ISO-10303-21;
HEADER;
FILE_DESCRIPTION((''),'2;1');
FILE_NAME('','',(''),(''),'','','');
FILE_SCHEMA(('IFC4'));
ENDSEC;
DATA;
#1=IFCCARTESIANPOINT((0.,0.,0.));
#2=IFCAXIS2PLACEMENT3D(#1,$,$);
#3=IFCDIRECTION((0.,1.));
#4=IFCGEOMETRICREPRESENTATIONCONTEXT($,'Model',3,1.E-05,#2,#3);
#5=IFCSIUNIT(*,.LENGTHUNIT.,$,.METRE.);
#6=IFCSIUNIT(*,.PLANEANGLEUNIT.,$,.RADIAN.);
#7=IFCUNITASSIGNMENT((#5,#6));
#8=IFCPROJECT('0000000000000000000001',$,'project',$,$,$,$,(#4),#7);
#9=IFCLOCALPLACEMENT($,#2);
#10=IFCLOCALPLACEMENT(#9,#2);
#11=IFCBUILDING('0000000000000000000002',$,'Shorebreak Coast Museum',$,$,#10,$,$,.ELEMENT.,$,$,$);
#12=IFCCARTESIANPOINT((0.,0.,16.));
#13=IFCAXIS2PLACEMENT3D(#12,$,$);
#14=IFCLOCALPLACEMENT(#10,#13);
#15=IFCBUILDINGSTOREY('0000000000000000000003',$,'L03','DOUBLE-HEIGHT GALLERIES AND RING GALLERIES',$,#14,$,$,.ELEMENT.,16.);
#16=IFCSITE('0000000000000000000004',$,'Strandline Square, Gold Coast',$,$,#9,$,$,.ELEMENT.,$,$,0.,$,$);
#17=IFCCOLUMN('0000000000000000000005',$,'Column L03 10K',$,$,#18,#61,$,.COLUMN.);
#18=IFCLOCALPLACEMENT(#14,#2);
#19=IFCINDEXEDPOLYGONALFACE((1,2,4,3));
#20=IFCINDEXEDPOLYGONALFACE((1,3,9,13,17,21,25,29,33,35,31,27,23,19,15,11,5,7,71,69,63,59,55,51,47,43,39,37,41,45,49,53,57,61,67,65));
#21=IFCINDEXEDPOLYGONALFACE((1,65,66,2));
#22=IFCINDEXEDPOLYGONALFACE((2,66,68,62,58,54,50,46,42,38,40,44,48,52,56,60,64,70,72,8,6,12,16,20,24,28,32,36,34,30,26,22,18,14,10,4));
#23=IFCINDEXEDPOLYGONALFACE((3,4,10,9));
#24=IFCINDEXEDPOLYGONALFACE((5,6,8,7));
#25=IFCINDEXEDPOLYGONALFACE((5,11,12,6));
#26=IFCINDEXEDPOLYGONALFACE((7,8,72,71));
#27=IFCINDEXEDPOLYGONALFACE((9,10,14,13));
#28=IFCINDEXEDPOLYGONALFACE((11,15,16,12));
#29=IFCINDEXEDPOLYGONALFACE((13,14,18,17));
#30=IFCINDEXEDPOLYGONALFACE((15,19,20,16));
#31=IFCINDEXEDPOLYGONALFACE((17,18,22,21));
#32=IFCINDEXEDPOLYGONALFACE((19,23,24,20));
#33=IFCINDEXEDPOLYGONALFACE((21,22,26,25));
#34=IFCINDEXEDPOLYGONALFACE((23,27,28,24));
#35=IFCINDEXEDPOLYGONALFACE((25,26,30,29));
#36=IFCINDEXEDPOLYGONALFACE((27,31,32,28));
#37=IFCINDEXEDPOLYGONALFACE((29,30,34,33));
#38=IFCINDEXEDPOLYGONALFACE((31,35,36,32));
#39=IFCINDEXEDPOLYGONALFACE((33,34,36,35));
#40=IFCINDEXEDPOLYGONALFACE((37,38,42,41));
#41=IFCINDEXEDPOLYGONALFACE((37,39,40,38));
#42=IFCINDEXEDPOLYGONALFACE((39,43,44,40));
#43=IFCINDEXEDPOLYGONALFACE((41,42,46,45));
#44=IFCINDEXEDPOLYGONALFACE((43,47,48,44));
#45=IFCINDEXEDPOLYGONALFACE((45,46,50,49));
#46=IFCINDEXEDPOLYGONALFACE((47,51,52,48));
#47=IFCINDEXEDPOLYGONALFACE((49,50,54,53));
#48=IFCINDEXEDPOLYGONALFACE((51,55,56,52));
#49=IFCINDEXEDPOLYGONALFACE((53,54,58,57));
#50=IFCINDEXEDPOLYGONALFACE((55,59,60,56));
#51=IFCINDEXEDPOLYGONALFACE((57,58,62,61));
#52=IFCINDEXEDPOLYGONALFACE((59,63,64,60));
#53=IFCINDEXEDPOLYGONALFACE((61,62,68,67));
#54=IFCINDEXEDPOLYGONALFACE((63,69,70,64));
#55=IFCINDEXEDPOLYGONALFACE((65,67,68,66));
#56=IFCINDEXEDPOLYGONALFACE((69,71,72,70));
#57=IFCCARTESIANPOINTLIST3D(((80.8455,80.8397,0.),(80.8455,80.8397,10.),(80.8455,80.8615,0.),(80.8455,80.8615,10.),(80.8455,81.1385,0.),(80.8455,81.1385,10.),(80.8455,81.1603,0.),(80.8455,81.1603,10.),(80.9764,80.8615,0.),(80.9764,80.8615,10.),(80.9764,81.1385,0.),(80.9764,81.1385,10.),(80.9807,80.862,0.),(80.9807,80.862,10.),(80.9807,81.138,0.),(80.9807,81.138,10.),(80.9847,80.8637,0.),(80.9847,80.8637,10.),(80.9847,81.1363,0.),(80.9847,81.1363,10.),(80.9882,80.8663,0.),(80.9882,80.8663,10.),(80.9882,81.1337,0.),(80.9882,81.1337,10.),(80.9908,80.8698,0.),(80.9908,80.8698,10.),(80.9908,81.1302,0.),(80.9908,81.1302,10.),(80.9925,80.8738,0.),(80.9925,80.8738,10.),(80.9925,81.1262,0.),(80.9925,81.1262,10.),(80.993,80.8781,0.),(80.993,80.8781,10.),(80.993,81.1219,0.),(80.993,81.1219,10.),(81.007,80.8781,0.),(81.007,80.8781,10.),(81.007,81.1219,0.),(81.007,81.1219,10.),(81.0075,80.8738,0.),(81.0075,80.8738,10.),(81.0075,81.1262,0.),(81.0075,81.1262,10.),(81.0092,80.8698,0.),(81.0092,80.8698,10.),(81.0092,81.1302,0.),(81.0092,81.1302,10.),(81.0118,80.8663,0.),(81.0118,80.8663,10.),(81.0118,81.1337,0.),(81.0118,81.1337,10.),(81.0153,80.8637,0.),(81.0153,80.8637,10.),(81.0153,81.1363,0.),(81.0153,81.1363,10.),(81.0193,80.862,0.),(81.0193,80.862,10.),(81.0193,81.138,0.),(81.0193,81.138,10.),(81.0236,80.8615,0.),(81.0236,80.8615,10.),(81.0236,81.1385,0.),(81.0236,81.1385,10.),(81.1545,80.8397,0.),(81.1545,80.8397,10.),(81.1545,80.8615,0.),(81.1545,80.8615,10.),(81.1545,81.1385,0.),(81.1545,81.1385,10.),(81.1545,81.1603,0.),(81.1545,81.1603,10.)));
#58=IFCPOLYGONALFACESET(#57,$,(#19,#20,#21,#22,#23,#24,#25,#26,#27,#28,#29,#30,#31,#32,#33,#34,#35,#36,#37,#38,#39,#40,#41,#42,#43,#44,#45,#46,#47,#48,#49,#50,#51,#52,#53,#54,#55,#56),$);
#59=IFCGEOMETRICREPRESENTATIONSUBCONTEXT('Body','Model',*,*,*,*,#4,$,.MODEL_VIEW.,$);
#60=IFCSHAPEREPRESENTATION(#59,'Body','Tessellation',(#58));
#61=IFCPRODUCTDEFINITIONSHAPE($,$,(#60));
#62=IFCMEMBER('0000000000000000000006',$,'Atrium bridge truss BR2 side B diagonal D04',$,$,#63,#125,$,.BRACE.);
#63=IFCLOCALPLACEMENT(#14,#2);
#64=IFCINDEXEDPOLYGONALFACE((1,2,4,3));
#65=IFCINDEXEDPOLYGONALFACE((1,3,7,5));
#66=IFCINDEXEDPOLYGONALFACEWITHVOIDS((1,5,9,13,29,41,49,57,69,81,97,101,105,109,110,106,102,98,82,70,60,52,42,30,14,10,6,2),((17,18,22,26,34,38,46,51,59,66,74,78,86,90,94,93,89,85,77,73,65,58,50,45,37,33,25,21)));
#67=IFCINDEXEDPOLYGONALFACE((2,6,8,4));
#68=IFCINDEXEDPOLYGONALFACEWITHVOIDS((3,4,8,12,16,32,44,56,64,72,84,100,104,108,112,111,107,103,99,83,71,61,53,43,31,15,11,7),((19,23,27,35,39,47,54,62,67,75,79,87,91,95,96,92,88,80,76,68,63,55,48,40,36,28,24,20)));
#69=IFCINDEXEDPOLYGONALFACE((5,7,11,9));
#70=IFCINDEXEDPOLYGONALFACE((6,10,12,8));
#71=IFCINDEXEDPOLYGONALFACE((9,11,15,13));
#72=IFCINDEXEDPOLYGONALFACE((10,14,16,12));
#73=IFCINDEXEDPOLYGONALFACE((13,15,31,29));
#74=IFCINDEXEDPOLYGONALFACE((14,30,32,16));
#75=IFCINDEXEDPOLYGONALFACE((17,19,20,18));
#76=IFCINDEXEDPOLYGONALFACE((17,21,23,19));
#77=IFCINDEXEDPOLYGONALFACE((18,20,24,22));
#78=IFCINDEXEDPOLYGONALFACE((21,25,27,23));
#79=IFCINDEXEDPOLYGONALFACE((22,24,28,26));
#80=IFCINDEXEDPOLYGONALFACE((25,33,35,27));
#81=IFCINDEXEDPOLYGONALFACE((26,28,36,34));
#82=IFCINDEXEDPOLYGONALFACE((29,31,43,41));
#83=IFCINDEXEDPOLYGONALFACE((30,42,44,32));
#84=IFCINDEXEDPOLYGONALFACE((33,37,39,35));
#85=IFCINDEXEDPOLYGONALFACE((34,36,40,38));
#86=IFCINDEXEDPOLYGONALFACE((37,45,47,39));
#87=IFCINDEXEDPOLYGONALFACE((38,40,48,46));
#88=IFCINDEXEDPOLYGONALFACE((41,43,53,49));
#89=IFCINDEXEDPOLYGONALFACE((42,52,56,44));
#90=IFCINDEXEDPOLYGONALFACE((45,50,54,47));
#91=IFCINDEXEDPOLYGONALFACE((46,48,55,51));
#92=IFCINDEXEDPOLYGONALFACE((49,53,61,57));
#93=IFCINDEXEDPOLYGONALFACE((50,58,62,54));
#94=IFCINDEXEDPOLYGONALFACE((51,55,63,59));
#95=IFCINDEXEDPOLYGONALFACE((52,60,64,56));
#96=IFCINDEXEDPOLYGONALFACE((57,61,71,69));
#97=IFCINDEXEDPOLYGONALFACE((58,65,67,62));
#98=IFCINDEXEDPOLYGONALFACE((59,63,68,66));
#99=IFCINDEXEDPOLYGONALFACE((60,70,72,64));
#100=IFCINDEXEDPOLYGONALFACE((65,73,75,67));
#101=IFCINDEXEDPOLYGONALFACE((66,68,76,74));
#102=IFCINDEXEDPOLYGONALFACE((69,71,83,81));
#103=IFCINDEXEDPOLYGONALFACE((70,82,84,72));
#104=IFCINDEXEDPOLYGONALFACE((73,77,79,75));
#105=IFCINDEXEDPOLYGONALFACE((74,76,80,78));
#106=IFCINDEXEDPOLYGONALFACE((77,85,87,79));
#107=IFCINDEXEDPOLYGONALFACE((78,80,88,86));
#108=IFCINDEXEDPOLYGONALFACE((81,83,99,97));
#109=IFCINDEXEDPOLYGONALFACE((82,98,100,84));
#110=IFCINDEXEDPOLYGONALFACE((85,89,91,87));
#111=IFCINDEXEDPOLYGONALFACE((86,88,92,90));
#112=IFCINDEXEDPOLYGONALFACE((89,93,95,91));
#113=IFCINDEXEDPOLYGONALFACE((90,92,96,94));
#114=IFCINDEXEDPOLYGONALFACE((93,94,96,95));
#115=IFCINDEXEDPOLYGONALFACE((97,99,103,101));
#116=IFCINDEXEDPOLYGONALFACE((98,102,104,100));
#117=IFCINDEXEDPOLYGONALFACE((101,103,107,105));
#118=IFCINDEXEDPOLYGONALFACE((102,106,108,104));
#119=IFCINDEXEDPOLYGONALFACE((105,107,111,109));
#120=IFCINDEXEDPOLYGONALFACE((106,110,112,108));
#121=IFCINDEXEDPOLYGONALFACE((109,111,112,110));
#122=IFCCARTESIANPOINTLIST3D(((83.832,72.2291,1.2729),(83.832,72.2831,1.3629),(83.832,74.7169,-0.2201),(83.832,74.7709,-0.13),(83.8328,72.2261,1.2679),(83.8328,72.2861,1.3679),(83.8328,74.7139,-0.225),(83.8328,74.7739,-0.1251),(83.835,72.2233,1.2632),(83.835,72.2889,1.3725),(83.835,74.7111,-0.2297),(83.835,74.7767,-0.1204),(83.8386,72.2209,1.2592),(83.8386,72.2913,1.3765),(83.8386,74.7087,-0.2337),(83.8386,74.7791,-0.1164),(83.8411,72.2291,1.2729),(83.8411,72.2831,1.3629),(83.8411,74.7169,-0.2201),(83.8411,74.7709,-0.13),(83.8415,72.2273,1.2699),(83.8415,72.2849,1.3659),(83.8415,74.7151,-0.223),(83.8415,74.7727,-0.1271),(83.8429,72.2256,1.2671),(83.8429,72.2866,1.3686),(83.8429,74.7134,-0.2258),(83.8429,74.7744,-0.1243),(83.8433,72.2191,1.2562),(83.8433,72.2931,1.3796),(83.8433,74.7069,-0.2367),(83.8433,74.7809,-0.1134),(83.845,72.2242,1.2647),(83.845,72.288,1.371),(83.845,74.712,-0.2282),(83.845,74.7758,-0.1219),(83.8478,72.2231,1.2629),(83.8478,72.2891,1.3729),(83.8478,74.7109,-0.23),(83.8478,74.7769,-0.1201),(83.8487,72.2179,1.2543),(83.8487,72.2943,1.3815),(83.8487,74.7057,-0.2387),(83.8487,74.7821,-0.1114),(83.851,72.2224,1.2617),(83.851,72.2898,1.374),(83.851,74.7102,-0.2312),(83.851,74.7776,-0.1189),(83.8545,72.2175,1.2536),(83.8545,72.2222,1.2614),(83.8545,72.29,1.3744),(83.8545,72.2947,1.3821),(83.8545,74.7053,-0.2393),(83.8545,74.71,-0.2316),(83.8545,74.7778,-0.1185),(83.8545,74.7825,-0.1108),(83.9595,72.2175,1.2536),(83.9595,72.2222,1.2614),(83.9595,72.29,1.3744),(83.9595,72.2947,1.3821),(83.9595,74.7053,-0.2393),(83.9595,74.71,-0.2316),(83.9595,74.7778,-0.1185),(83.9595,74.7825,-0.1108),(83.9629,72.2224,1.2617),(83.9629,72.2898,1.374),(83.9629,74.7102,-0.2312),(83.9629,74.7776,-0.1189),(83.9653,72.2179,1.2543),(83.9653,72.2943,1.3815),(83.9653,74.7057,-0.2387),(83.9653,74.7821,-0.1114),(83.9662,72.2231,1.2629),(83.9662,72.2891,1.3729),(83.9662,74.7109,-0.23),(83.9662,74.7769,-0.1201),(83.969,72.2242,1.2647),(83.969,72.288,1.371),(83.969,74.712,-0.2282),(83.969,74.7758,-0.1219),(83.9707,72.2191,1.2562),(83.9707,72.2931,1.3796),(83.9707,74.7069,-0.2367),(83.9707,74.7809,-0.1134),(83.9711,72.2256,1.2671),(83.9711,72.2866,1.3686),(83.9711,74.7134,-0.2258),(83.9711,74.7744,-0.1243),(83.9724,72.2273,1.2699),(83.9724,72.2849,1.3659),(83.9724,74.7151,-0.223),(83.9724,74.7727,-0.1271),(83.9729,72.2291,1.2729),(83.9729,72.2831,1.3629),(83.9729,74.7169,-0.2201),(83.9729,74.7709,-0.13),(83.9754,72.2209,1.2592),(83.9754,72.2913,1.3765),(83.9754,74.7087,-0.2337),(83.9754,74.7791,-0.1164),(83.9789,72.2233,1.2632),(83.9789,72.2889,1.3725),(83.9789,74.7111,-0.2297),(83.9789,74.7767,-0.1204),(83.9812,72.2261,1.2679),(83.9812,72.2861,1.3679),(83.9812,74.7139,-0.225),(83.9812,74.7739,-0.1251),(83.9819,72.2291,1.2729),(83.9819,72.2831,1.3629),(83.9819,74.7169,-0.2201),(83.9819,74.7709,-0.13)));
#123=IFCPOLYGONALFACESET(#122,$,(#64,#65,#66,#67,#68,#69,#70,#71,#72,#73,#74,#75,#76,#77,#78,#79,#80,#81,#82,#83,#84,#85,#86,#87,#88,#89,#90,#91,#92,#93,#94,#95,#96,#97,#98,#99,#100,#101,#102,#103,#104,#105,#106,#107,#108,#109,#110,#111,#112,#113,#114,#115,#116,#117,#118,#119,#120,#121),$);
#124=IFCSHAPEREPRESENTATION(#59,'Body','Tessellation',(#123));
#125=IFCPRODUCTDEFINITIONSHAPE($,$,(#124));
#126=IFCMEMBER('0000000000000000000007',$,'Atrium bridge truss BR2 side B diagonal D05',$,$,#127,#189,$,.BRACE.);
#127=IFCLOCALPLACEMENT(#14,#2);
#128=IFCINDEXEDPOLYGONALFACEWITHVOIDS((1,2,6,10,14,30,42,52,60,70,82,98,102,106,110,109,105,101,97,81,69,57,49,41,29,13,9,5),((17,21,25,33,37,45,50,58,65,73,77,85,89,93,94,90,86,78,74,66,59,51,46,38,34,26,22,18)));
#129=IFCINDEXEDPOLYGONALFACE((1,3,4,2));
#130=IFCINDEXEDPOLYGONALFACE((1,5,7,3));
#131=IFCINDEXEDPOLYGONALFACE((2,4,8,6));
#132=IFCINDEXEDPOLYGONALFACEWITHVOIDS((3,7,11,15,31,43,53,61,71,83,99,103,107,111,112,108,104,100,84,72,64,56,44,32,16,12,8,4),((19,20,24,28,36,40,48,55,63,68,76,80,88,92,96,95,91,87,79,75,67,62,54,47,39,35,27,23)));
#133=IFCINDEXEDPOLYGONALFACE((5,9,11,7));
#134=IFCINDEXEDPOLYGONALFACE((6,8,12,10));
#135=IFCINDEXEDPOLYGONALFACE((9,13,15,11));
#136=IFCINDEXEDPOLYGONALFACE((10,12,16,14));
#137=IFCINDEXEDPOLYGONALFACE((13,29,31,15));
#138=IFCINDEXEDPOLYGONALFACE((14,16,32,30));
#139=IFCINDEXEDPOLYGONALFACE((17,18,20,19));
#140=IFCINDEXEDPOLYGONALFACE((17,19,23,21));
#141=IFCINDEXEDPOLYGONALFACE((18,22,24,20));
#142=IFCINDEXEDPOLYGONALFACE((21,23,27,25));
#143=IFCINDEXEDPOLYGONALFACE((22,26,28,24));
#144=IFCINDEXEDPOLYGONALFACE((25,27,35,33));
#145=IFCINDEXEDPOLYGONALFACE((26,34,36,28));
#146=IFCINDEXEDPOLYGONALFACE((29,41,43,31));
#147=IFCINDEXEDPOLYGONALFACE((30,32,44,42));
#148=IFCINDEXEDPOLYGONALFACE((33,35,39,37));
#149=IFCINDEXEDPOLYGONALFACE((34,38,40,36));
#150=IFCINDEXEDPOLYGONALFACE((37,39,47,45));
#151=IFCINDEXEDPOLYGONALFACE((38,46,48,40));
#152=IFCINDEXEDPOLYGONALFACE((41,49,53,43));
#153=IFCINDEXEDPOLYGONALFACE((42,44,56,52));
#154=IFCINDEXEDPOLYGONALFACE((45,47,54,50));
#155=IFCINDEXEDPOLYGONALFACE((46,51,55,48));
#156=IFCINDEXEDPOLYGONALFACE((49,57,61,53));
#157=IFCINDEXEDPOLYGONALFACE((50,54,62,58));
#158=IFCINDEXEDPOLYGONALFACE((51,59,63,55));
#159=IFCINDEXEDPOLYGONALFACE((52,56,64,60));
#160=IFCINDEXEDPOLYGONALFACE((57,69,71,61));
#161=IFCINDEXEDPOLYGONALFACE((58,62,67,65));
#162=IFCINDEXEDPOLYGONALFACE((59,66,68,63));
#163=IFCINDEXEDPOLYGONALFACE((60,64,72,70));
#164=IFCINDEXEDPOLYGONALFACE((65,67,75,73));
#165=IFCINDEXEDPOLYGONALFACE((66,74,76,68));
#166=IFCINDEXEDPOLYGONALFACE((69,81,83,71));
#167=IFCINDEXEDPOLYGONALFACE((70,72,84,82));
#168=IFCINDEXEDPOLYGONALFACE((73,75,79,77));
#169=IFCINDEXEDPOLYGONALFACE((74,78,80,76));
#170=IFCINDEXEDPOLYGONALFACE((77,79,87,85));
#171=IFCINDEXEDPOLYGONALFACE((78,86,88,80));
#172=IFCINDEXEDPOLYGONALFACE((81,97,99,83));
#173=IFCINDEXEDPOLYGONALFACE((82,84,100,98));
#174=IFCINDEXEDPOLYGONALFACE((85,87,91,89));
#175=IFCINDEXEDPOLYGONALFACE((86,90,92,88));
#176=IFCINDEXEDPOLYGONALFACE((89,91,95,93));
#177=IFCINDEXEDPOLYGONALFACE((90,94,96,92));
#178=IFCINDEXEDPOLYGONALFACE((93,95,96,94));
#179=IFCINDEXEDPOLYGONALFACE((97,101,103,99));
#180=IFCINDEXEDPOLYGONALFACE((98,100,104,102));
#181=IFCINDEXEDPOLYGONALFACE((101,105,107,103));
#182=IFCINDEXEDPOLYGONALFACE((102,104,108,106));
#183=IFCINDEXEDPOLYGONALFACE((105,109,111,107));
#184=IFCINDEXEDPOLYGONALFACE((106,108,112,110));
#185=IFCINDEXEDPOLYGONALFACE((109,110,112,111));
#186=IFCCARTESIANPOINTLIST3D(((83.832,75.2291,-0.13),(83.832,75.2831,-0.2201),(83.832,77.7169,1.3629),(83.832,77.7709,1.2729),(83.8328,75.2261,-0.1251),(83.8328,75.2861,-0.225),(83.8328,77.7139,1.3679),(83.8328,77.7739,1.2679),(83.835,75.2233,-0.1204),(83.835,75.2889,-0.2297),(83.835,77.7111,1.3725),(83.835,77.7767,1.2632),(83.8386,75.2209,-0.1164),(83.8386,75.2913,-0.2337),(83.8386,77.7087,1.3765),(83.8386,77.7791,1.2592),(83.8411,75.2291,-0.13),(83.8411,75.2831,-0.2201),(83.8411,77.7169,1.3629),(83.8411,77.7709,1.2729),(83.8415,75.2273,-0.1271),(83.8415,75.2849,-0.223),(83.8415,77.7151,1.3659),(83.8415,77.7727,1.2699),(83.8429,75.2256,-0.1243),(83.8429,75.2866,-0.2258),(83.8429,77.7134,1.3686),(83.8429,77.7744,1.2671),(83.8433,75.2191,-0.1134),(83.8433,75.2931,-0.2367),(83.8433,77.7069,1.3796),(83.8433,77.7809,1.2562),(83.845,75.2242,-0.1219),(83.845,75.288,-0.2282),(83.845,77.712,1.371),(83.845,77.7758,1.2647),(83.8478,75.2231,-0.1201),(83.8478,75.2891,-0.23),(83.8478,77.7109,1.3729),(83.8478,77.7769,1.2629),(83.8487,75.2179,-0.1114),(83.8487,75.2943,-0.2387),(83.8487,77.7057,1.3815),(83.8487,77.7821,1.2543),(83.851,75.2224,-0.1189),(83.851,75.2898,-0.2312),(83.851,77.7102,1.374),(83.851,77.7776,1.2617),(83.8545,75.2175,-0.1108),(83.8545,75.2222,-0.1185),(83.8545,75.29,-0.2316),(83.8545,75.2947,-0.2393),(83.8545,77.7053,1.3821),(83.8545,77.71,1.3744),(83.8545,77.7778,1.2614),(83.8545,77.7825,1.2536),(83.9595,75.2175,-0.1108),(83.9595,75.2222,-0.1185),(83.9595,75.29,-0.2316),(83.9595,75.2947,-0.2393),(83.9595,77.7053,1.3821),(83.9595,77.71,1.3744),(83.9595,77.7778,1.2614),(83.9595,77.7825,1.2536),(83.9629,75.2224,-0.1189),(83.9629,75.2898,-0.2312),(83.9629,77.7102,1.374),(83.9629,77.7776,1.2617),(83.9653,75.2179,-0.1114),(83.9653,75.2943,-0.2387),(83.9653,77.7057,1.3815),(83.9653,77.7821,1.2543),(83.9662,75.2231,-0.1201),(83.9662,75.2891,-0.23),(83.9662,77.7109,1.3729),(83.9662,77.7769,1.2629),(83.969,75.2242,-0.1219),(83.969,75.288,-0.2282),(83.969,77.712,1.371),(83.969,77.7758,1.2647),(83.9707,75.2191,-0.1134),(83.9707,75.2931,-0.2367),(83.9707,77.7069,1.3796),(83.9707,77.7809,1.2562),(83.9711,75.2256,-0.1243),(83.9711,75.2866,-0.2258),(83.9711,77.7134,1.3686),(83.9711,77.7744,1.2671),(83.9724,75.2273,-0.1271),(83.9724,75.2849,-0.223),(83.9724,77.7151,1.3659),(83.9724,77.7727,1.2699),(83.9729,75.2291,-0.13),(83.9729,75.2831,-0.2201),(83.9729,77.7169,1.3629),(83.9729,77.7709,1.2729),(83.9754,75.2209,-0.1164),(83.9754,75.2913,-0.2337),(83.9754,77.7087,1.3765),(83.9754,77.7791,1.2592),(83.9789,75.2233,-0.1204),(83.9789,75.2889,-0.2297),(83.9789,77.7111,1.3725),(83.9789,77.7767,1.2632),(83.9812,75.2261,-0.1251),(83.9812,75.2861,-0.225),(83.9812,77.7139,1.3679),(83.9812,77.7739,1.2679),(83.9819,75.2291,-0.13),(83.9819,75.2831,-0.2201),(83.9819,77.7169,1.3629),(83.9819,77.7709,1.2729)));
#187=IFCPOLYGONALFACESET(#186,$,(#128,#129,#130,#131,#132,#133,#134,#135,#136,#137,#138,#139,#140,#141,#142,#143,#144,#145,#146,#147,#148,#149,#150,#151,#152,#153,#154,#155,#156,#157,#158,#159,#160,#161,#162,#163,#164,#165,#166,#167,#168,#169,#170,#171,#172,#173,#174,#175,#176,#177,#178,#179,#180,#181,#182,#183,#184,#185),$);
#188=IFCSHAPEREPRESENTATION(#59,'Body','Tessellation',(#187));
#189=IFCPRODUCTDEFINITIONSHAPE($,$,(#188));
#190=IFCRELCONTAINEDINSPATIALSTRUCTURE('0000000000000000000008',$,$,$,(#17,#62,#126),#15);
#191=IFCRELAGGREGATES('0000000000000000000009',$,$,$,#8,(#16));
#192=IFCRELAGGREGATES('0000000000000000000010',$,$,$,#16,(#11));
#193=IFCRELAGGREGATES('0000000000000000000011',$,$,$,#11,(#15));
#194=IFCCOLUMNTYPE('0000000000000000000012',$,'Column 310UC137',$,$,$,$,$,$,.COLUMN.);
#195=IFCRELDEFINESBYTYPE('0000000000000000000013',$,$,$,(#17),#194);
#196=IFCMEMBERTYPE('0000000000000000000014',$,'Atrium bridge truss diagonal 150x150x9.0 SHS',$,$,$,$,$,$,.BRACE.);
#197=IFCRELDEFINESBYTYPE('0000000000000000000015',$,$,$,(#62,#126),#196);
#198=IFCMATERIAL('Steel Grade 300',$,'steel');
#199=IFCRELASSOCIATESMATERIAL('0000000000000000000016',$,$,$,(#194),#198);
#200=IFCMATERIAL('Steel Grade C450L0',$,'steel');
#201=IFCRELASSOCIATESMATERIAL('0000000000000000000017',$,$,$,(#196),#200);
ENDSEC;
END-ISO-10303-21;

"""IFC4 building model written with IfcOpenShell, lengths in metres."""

from ifc_helpers import new_model, si_unit, direction, frame, origin, origin_2d, place, context, subcontext, project, spatial, hollow_rectangle, i_section, extrude, material, material_profile, profile_set, type_object, element, save


model = new_model("IFC4")

# Units and contexts
model_context = context("Model", 3, precision=1e-05, world=origin(), true_north=direction((0.0, 1.0)))
body_context = subcontext(model_context, "Body", "Model", "MODEL_VIEW")
ifc_project = project(units=[si_unit("LENGTHUNIT", "METRE"), si_unit("PLANEANGLEUNIT", "RADIAN")], contexts=[model_context])

# Site, building, storey
site_placement = place(None, origin())
site = spatial("IfcSite", under=ifc_project, at=site_placement, Name="Strandline Square, Gold Coast", CompositionType="ELEMENT", RefElevation=0.0)
building_placement = place(site_placement, origin())
building = spatial("IfcBuilding", under=site, at=building_placement, Name="Shorebreak Coast Museum", CompositionType="ELEMENT")
storey_placement = place(building_placement, frame((0.0, 0.0, 16.0)))
storey = spatial("IfcBuildingStorey", under=building, at=storey_placement, Name="L03", Description="DOUBLE-HEIGHT GALLERIES AND RING GALLERIES", CompositionType="ELEMENT", Elevation=16.0)

# Column
ifc_material_1 = material(Name="Steel Grade 300", Category="steel")
ifc_material_profile_1 = material_profile(ifc_material_1, i_section(OverallWidth=0.3091, OverallDepth=0.3206, WebThickness=0.0139, FlangeThickness=0.0217, FilletRadius=0.0166, at=origin_2d()), Name="310UC137")
ifc_profile_set_1 = profile_set([ifc_material_profile_1], Name="Steel Grade 300")
column_type = type_object("IfcColumnType", Name="Column 310UC137", PredefinedType="COLUMN", material=ifc_profile_set_1)
column_placement = place(storey_placement, frame((81.0, 81.0, 0.0), z_axis=(0.0, 0.0, 1.0), x_axis=(1.0, 0.0, 0.0)))
element("IfcColumn", 1, at=column_placement, inside=storey, type_object=column_type, Name="Column L03 10K", PredefinedType="COLUMN", context=body_context, shape_type="SweptSolid", body=[
    extrude(i_section(OverallWidth=0.3091, OverallDepth=0.3206, WebThickness=0.0139, FlangeThickness=0.0217, FilletRadius=0.0166, at=origin_2d()), origin(), (0.0, 0.0, 1.0), 10.0),
])

# Members
ifc_material_2 = material(Name="Steel Grade C450L0", Category="steel")
ifc_material_profile_2 = material_profile(ifc_material_2, hollow_rectangle(XDim=0.1499, YDim=0.1499, WallThickness=0.009, InnerFilletRadius=0.0134, OuterFilletRadius=0.0225, at=origin_2d()), Name="150x150x9.0 SHS")
ifc_profile_set_2 = profile_set([ifc_material_profile_2], Name="Steel Grade C450L0")
member_type_1 = type_object("IfcMemberType", Name="Atrium bridge truss diagonal 150x150x9.0 SHS", PredefinedType="BRACE", material=ifc_profile_set_2)
for number, where, z_axis, x_axis, name in (
    (2, (83.907, 74.7439, -0.175), (0.0, -0.857456, 0.514558), (1.0, 0.0, 0.0), "Atrium bridge truss BR2 side B diagonal D04"),
    (3, (83.907, 75.2561, -0.175), (0.0, 0.857456, 0.514558), (-1.0, 0.0, 0.0), "Atrium bridge truss BR2 side B diagonal D05"),
):
    element("IfcMember", number, at=place(storey_placement, frame(where, z_axis=z_axis, x_axis=x_axis)), inside=storey, type_object=member_type_1, Name=name, PredefinedType="BRACE", context=body_context, shape_type="SweptSolid", body=[
        extrude(hollow_rectangle(XDim=0.1499, YDim=0.1499, WallThickness=0.009, InnerFilletRadius=0.0134, OuterFilletRadius=0.0225, at=origin_2d()), origin(), (0.0, 0.0, 1.0), 2.9014),
    ])

save(model, "model.ifc")
